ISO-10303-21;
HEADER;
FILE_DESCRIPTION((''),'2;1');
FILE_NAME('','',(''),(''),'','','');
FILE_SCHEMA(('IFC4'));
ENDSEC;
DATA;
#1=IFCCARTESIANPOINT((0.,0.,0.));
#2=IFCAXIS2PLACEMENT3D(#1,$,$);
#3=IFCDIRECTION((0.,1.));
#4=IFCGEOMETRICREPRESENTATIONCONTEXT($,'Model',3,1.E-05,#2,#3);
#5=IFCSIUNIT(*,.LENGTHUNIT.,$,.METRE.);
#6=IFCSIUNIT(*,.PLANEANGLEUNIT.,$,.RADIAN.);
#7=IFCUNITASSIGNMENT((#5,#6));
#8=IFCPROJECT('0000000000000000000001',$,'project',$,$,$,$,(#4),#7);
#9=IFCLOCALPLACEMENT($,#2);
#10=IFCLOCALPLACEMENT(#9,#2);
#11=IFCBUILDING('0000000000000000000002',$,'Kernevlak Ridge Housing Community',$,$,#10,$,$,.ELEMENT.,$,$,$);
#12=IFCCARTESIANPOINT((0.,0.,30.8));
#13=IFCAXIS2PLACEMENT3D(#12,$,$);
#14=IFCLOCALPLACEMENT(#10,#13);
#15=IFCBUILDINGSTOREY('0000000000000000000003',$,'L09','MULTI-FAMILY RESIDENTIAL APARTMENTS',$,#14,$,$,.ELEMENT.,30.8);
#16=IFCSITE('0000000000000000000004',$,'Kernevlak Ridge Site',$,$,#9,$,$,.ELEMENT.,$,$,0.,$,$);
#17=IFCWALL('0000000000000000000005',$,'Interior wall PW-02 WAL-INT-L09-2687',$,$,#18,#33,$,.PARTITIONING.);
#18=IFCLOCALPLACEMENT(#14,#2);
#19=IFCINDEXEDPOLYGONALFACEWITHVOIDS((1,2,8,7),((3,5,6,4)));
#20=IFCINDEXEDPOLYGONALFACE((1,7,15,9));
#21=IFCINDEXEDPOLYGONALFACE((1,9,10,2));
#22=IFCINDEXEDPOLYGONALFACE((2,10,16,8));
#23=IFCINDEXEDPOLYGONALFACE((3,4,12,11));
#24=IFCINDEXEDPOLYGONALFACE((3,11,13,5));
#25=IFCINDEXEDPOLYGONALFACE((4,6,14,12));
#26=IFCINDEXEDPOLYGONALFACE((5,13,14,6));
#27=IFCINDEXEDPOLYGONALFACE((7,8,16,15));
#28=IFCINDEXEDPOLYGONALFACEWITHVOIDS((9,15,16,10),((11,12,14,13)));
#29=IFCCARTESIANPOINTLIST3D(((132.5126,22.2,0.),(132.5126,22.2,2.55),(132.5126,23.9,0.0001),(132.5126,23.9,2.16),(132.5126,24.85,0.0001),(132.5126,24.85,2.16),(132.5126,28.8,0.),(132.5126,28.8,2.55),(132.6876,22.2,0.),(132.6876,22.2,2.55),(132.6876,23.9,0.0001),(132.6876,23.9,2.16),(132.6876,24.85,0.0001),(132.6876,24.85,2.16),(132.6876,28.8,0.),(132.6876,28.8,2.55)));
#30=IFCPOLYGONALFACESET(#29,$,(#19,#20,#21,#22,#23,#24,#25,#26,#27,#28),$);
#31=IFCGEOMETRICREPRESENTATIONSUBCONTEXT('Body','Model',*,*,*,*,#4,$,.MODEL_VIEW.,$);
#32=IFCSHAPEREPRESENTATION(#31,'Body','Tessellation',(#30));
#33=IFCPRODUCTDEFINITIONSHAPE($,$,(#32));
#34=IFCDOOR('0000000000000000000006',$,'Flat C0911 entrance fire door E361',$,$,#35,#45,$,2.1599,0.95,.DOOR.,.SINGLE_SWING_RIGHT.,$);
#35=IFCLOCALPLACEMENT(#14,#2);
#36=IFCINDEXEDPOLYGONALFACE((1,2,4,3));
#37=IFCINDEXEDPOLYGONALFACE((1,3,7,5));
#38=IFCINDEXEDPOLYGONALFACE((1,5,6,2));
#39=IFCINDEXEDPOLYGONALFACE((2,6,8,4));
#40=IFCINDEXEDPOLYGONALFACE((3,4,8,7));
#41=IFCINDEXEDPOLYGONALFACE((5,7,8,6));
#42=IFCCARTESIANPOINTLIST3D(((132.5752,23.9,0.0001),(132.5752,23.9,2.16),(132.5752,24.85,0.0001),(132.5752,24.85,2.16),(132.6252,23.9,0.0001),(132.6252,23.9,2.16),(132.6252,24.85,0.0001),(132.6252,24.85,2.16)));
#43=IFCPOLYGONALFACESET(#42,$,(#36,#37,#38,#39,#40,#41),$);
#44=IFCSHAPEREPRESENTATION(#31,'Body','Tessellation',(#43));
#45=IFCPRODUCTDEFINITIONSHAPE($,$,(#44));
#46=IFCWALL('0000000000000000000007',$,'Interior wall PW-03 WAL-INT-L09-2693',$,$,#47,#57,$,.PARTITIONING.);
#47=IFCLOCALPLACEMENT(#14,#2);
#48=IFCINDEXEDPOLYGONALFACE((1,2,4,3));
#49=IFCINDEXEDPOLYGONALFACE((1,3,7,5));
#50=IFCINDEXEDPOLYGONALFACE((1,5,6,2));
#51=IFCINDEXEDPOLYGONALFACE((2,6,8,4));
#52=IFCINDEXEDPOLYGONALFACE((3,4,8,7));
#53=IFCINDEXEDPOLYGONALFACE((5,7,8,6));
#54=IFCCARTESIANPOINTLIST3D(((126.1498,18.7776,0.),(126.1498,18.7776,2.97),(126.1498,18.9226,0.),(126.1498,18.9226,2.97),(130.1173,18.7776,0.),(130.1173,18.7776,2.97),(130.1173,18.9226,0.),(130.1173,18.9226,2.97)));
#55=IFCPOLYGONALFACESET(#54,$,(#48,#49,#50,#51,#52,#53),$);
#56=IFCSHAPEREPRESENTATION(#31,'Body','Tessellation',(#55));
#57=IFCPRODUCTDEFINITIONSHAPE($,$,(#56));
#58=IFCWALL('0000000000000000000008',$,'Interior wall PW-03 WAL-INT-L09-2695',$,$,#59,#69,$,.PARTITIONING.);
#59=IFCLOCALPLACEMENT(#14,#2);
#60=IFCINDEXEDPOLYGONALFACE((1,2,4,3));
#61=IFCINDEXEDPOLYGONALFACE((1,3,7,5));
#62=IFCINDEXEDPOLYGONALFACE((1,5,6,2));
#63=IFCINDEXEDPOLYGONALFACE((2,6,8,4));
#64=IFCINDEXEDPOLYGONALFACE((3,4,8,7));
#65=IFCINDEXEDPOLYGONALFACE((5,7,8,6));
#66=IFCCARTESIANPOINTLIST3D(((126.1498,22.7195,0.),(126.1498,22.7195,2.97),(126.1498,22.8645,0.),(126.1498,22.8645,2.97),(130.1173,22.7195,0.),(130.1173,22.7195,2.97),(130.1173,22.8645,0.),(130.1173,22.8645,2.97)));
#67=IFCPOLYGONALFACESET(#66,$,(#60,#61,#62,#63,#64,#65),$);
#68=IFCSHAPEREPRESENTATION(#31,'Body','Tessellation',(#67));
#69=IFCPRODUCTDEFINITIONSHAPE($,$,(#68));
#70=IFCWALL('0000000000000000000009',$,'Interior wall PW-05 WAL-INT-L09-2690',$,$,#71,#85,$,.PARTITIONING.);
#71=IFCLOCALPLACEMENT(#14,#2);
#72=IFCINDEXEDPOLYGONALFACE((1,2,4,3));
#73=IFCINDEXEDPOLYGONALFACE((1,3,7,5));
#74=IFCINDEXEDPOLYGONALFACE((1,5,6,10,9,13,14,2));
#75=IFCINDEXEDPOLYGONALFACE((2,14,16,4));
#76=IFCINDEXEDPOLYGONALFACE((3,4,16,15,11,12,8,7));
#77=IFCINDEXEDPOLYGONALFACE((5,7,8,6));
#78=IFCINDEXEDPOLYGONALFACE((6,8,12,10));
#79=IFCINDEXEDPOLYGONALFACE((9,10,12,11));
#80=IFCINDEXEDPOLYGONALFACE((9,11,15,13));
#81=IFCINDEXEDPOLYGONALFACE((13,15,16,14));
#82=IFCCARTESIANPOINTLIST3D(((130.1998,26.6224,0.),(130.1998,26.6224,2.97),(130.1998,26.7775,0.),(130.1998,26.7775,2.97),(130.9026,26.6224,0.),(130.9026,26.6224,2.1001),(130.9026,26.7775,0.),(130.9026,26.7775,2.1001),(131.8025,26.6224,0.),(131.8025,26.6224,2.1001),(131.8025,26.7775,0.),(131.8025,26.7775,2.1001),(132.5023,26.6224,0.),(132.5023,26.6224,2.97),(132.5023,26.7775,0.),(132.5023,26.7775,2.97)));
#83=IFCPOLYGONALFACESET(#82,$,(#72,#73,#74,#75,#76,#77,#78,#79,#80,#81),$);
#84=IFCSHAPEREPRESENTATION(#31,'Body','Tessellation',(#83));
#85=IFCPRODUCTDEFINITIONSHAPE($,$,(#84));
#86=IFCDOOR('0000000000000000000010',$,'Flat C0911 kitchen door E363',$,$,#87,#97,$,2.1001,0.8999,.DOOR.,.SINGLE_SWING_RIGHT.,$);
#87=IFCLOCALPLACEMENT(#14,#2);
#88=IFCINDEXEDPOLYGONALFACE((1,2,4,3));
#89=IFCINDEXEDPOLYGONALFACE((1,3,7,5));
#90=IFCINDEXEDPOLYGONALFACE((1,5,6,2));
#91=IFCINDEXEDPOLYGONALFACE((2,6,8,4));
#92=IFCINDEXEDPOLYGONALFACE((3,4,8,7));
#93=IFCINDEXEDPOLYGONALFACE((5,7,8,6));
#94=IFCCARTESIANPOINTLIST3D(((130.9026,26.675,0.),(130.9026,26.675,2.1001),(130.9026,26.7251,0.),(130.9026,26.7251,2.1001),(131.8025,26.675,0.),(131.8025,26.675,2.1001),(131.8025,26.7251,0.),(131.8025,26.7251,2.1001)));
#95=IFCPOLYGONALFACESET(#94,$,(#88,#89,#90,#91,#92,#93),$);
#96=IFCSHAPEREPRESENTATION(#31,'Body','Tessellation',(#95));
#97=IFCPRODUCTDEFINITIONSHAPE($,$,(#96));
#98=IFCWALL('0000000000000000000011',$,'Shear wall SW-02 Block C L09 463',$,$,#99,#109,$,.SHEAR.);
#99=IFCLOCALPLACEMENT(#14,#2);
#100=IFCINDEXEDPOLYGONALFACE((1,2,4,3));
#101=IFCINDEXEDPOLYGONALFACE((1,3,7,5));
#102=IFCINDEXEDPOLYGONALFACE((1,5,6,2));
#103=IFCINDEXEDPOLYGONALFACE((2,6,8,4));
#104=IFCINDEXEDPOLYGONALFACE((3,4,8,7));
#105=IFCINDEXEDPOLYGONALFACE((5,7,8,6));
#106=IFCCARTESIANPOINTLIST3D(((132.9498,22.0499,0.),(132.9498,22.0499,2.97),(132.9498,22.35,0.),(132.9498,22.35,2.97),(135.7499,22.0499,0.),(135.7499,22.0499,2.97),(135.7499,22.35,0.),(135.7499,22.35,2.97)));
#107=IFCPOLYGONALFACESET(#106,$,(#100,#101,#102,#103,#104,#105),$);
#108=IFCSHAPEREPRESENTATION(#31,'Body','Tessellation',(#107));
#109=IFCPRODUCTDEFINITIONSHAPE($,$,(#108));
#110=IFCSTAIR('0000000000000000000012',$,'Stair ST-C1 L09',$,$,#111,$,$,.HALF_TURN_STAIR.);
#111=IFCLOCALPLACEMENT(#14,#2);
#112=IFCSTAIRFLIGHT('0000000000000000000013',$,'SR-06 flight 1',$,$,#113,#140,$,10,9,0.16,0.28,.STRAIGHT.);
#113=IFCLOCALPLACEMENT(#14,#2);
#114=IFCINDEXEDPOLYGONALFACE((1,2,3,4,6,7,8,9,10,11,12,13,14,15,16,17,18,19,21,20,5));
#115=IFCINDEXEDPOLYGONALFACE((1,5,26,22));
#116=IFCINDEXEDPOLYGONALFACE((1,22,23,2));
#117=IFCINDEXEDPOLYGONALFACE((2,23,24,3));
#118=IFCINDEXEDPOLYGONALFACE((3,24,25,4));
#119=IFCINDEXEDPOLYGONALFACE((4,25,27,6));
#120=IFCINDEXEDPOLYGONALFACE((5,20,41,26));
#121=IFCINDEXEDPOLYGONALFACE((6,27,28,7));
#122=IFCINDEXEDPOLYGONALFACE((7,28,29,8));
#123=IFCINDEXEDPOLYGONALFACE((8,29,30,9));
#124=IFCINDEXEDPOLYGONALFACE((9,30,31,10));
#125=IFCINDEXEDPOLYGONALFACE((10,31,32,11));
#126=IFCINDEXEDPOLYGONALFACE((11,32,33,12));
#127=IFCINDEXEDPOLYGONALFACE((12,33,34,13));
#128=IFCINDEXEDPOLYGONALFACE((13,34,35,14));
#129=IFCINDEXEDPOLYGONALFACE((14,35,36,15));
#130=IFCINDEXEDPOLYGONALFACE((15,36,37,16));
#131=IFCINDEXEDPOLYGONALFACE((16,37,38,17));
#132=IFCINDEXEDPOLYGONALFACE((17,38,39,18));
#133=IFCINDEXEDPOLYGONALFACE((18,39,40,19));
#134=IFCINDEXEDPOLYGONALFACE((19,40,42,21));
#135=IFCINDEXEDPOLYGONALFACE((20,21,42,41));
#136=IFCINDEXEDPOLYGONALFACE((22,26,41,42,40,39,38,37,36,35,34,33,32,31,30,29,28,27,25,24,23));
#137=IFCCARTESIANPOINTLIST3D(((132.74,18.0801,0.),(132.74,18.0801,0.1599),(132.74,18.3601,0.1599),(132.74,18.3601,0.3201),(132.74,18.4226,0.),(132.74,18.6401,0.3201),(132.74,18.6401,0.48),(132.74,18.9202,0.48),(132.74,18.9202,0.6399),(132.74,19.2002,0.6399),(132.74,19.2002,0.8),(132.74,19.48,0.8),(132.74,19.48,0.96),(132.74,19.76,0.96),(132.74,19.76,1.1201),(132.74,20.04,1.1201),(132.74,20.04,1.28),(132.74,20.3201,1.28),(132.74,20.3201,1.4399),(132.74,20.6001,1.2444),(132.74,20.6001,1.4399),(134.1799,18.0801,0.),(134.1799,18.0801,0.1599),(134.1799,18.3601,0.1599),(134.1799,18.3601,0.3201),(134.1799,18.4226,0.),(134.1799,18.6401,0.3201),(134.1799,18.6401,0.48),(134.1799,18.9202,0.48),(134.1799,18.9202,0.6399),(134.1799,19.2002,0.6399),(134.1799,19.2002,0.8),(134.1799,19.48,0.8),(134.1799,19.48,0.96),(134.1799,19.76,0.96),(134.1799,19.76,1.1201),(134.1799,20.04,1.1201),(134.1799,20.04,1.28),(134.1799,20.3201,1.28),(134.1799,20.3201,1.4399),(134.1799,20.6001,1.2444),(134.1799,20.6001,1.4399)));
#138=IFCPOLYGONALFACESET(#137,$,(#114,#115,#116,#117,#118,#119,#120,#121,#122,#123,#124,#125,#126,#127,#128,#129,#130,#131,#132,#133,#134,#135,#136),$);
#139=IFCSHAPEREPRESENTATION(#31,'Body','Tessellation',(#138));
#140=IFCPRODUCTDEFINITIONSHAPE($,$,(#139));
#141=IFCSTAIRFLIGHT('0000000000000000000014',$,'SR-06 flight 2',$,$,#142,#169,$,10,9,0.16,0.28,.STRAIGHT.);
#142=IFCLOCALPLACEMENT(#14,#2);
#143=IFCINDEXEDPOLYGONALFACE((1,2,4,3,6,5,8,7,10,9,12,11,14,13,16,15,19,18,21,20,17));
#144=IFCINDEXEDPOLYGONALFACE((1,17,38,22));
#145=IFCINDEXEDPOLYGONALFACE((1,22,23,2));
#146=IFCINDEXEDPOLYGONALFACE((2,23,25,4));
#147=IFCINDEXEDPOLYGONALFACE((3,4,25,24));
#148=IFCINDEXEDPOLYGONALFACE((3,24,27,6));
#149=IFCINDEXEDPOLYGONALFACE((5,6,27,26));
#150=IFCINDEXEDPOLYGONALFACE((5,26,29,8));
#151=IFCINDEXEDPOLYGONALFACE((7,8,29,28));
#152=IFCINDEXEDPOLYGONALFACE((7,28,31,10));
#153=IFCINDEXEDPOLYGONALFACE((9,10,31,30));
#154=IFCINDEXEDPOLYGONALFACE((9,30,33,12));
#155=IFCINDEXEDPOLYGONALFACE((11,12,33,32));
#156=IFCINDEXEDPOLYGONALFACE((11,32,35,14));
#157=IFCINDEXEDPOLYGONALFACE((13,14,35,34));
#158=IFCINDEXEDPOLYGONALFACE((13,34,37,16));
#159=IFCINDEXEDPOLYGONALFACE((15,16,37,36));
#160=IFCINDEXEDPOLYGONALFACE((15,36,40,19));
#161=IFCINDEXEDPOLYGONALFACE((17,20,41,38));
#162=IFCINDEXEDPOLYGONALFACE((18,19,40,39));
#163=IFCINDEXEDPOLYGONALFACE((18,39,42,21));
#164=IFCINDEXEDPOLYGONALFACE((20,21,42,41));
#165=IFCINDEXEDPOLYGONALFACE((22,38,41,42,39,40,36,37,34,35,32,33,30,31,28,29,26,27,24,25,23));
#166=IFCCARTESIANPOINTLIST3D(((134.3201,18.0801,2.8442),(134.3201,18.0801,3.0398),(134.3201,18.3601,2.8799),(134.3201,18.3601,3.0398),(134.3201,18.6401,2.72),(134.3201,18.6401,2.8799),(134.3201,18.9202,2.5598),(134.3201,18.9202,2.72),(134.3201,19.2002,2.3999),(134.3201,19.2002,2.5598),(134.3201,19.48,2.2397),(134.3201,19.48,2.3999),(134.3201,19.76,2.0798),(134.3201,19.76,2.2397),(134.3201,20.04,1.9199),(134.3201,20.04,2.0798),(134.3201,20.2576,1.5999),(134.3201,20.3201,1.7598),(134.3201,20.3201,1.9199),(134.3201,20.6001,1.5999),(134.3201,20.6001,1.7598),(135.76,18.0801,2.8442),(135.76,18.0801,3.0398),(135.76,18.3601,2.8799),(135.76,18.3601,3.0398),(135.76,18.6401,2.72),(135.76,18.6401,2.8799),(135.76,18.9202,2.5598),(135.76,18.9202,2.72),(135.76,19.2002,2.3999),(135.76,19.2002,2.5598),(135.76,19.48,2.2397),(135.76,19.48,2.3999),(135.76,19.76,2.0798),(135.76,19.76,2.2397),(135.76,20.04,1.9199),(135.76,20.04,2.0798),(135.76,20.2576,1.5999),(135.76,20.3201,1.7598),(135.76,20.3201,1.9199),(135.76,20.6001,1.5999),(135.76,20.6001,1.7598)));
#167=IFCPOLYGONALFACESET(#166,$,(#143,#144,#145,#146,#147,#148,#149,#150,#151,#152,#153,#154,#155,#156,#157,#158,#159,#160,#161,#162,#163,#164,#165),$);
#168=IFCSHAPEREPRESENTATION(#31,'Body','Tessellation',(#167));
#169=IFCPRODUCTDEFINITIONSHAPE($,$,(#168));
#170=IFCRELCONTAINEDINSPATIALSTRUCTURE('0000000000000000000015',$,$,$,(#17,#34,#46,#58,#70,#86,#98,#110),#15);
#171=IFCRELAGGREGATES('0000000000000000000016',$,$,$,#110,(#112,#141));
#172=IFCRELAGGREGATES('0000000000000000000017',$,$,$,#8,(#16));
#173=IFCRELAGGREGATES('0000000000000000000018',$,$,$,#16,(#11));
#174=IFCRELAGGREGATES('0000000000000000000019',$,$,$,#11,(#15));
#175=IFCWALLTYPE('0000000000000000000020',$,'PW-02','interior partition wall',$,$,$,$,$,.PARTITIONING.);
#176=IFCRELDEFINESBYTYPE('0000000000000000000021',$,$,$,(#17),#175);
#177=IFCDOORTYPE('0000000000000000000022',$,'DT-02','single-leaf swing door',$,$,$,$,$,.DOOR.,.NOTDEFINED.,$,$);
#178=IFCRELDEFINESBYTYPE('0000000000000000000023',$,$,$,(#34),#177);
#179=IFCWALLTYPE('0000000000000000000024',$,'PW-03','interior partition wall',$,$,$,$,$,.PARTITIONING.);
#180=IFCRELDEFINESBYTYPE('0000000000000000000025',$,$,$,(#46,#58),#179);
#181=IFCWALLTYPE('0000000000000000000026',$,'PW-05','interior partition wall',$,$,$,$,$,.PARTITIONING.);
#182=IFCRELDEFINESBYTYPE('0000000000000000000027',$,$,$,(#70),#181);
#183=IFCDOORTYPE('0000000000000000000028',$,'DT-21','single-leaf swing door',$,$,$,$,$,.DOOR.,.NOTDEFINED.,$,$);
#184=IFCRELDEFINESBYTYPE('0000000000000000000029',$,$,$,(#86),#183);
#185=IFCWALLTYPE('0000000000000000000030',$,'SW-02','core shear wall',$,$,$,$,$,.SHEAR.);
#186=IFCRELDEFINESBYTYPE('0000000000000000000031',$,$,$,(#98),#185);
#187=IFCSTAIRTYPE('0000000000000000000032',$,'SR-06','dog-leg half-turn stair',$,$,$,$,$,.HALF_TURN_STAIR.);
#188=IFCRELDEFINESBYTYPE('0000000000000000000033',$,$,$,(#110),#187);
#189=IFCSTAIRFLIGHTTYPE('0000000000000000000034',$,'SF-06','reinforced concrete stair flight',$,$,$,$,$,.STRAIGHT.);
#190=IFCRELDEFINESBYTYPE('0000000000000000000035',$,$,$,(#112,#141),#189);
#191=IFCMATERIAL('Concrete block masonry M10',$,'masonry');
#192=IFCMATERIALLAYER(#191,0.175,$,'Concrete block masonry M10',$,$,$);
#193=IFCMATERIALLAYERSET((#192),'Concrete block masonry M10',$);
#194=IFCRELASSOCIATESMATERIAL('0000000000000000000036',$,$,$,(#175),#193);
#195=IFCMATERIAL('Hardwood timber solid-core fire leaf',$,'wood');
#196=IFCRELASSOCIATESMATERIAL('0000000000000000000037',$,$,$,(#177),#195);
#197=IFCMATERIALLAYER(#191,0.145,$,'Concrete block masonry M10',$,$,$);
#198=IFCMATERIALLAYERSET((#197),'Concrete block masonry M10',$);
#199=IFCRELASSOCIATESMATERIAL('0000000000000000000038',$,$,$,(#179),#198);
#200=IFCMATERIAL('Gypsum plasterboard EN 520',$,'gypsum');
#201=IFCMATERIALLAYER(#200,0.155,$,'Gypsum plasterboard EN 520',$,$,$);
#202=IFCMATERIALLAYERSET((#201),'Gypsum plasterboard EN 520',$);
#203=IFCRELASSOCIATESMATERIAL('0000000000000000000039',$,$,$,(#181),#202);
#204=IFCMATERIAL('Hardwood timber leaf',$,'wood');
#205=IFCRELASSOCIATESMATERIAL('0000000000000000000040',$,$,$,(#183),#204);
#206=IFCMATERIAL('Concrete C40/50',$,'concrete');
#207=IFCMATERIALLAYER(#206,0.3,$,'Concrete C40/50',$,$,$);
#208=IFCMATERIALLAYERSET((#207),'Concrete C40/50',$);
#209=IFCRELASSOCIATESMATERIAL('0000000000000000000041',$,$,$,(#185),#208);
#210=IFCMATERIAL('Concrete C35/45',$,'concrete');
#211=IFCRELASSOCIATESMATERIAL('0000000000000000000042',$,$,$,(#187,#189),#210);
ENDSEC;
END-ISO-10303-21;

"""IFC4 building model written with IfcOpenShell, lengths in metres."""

from ifc_helpers import new_model, si_unit, direction, frame, frame_2d, origin, place, context, subcontext, project, spatial, polyline, rectangle, outline, extrude, material, layer, layer_set, type_object, element, fill, aggregate, save


model = new_model("IFC4")

# Units and contexts
model_context = context("Model", 3, precision=1e-05, world=origin(), true_north=direction((0.0, 1.0)))
body_context = subcontext(model_context, "Body", "Model", "MODEL_VIEW")
ifc_project = project(units=[si_unit("LENGTHUNIT", "METRE"), si_unit("PLANEANGLEUNIT", "RADIAN")], contexts=[model_context])

# Site, building, storey
site_placement = place(None, origin())
site = spatial("IfcSite", under=ifc_project, at=site_placement, Name="Kernevlak Ridge Site", CompositionType="ELEMENT", RefElevation=0.0)
building_placement = place(site_placement, origin())
building = spatial("IfcBuilding", under=site, at=building_placement, Name="Kernevlak Ridge Housing Community", CompositionType="ELEMENT")
storey_placement = place(building_placement, frame((0.0, 0.0, 30.8)))
storey = spatial("IfcBuildingStorey", under=building, at=storey_placement, Name="L09", Description="MULTI-FAMILY RESIDENTIAL APARTMENTS", CompositionType="ELEMENT", Elevation=30.8)

# Shared definitions
ifc_material_1 = material(Name="Concrete C35/45", Category="concrete")

# Shared definitions
ifc_material_2 = material(Name="Concrete block masonry M10", Category="masonry")

# Wall, opening, door
ifc_layer_1 = layer(ifc_material_2, 0.175, Name="Concrete block masonry M10")
ifc_layer_set_1 = layer_set([ifc_layer_1], Name="Concrete block masonry M10")
wall_type_1 = type_object("IfcWallType", Name="PW-02", Description="interior partition wall", PredefinedType="PARTITIONING", material=ifc_layer_set_1)
wall_1_placement = place(storey_placement, frame((132.6001, 22.2, 0.0), z_axis=(0.0, 0.0, 1.0), x_axis=(0.0, 1.0, 0.0)))
wall_1 = element("IfcWall", 1, at=wall_1_placement, inside=storey, type_object=wall_type_1, Name="Interior wall PW-02 WAL-INT-L09-2687", PredefinedType="PARTITIONING", context=body_context, shape_type="SweptSolid", body=[
    extrude(rectangle(XDim=6.6001, YDim=0.175, at=frame_2d((3.3, 0.0))), origin(), (0.0, 0.0, 1.0), 2.55),
])
opening_1_placement = place(wall_1_placement, frame((1.7, 0.0, 0.0)))
opening_1 = element("IfcOpeningElement", 2, at=opening_1_placement, cuts=wall_1, PredefinedType="OPENING", context=body_context, shape_type="SweptSolid", body=[
    extrude(rectangle(XDim=0.95, YDim=2.1599, at=frame_2d((0.4751, 1.0801))), frame((0.0, 0.0974, 0.0), z_axis=(0.0, -1.0, 0.0), x_axis=(1.0, 0.0, 0.0)), (0.0, 0.0, 1.0), 0.1951),
])
ifc_material_3 = material(Name="Hardwood timber solid-core fire leaf", Category="wood")
door_type_1 = type_object("IfcDoorType", Name="DT-02", Description="single-leaf swing door", OperationType="NOTDEFINED", PredefinedType="DOOR", material=ifc_material_3)
door_1_placement = place(opening_1_placement, origin())
door_1 = element("IfcDoor", 3, at=door_1_placement, inside=storey, type_object=door_type_1, Name="Flat C0911 entrance fire door E361", OperationType="SINGLE_SWING_RIGHT", OverallHeight=2.1599, OverallWidth=0.95, PredefinedType="DOOR", context=body_context, shape_type="SweptSolid", body=[
    extrude(rectangle(XDim=0.95, YDim=2.1599, at=frame_2d((0.4751, 1.0801))), frame((0.0, 0.0249, 0.0), z_axis=(0.0, -1.0, 0.0), x_axis=(1.0, 0.0, 0.0)), (0.0, 0.0, 1.0), 0.05),
])
fill(opening_1, door_1)

# Wall
ifc_layer_2 = layer(ifc_material_2, 0.145, Name="Concrete block masonry M10")
ifc_layer_set_2 = layer_set([ifc_layer_2], Name="Concrete block masonry M10")
wall_type_2 = type_object("IfcWallType", Name="PW-03", Description="interior partition wall", PredefinedType="PARTITIONING", material=ifc_layer_set_2)
wall_2_placement = place(storey_placement, frame((130.1174, 18.8501, 0.0), z_axis=(0.0, 0.0, 1.0), x_axis=(-1.0, 0.0, 0.0)))
element("IfcWall", 4, at=wall_2_placement, inside=storey, type_object=wall_type_2, Name="Interior wall PW-03 WAL-INT-L09-2693", PredefinedType="PARTITIONING", context=body_context, shape_type="SweptSolid", body=[
    extrude(rectangle(XDim=3.9675, YDim=0.145, at=frame_2d((1.9839, 0.0))), origin(), (0.0, 0.0, 1.0), 2.97),
])

# Shared definitions
ifc_material_4 = material(Name="Hardwood timber leaf", Category="wood")

# Wall
wall_3_placement = place(storey_placement, frame((130.1174, 22.792, 0.0), z_axis=(0.0, 0.0, 1.0), x_axis=(-1.0, 0.0, 0.0)))
element("IfcWall", 5, at=wall_3_placement, inside=storey, type_object=wall_type_2, Name="Interior wall PW-03 WAL-INT-L09-2695", PredefinedType="PARTITIONING", context=body_context, shape_type="SweptSolid", body=[
    extrude(rectangle(XDim=3.9675, YDim=0.145, at=frame_2d((1.9839, 0.0))), origin(), (0.0, 0.0, 1.0), 2.97),
])

# Wall, opening, door
ifc_material_5 = material(Name="Gypsum plasterboard EN 520", Category="gypsum")
ifc_layer_3 = layer(ifc_material_5, 0.155, Name="Gypsum plasterboard EN 520")
ifc_layer_set_3 = layer_set([ifc_layer_3], Name="Gypsum plasterboard EN 520")
wall_type_3 = type_object("IfcWallType", Name="PW-05", Description="interior partition wall", PredefinedType="PARTITIONING", material=ifc_layer_set_3)
wall_4_placement = place(storey_placement, frame((132.5024, 26.7, 0.0), z_axis=(0.0, 0.0, 1.0), x_axis=(-1.0, 0.0, 0.0)))
wall_4 = element("IfcWall", 6, at=wall_4_placement, inside=storey, type_object=wall_type_3, Name="Interior wall PW-05 WAL-INT-L09-2690", PredefinedType="PARTITIONING", context=body_context, shape_type="SweptSolid", body=[
    extrude(rectangle(XDim=2.3025, YDim=0.155, at=frame_2d((1.1514, 0.0))), origin(), (0.0, 0.0, 1.0), 2.97),
])
opening_2_placement = place(wall_4_placement, frame((0.7, 0.0, 0.0)))
opening_2 = element("IfcOpeningElement", 7, at=opening_2_placement, cuts=wall_4, PredefinedType="OPENING", context=body_context, shape_type="SweptSolid", body=[
    extrude(rectangle(XDim=0.8999, YDim=2.1001, at=frame_2d((0.45, 1.05))), frame((0.0, 0.0874, 0.0), z_axis=(0.0, -1.0, 0.0), x_axis=(1.0, 0.0, 0.0)), (0.0, 0.0, 1.0), 0.175),
])
door_type_2 = type_object("IfcDoorType", Name="DT-21", Description="single-leaf swing door", OperationType="NOTDEFINED", PredefinedType="DOOR", material=ifc_material_4)
door_2_placement = place(opening_2_placement, origin())
door_2 = element("IfcDoor", 8, at=door_2_placement, inside=storey, type_object=door_type_2, Name="Flat C0911 kitchen door E363", OperationType="SINGLE_SWING_RIGHT", OverallHeight=2.1001, OverallWidth=0.8999, PredefinedType="DOOR", context=body_context, shape_type="SweptSolid", body=[
    extrude(rectangle(XDim=0.8999, YDim=2.1001, at=frame_2d((0.45, 1.05))), frame((0.0, 0.0249, 0.0), z_axis=(0.0, -1.0, 0.0), x_axis=(1.0, 0.0, 0.0)), (0.0, 0.0, 1.0), 0.05),
])
fill(opening_2, door_2)

# Wall
ifc_material_6 = material(Name="Concrete C40/50", Category="concrete")
ifc_layer_4 = layer(ifc_material_6, 0.3, Name="Concrete C40/50")
ifc_layer_set_4 = layer_set([ifc_layer_4], Name="Concrete C40/50")
wall_type_4 = type_object("IfcWallType", Name="SW-02", Description="core shear wall", PredefinedType="SHEAR", material=ifc_layer_set_4)
wall_5_placement = place(storey_placement, frame((132.95, 22.2, 0.0), z_axis=(0.0, 0.0, 1.0), x_axis=(1.0, 0.0, 0.0)))
element("IfcWall", 9, at=wall_5_placement, inside=storey, type_object=wall_type_4, Name="Shear wall SW-02 Block C L09 463", PredefinedType="SHEAR", context=body_context, shape_type="SweptSolid", body=[
    extrude(rectangle(XDim=2.8, YDim=0.3, at=frame_2d((1.3999, 0.0))), origin(), (0.0, 0.0, 1.0), 2.97),
])

# Stair, stair flights
stair_type = type_object("IfcStairType", Name="SR-06", Description="dog-leg half-turn stair", PredefinedType="HALF_TURN_STAIR", material=ifc_material_1)
stair_placement = place(storey_placement, origin())
stair = element("IfcStair", 10, at=stair_placement, inside=storey, type_object=stair_type, Name="Stair ST-C1 L09", PredefinedType="HALF_TURN_STAIR")
stair_flight_type = type_object("IfcStairFlightType", Name="SF-06", Description="reinforced concrete stair flight", PredefinedType="STRAIGHT", material=ifc_material_1)
stair_flight_1_placement = place(storey_placement, frame((133.46, 18.0801, 0.0), z_axis=(0.0, 0.0, 1.0), x_axis=(0.0, 1.0, 0.0)))
stair_flight_1 = element("IfcStairFlight", 11, at=stair_flight_1_placement, type_object=stair_flight_type, Name="SR-06 flight 1", NumberOfRisers=10, NumberOfTreads=9, PredefinedType="STRAIGHT", RiserHeight=0.16, TreadLength=0.28, context=body_context, shape_type="SweptSolid", body=[
    extrude(outline(polyline([(0.0, 0.0), (0.0, 0.1599), (0.28, 0.1599), (0.28, 0.3201), (0.5601, 0.3201), (0.5601, 0.48), (0.8401, 0.48), (0.8401, 0.6399), (1.1201, 0.6399), (1.1201, 0.8), (1.3999, 0.8), (1.3999, 0.96), (1.6799, 0.96), (1.6799, 1.1201), (1.96, 1.1201), (1.96, 1.28), (2.24, 1.28), (2.24, 1.4399), (2.52, 1.4399), (2.52, 1.6001), (2.52, 1.2444), (0.3425, 0.0), (0.0, 0.0)])), frame((0.0, 0.72, 0.0), z_axis=(0.0, -1.0, 0.0), x_axis=(1.0, 0.0, 0.0)), (0.0, 0.0, 1.0), 1.4399),
])
stair_flight_2_placement = place(storey_placement, frame((135.04, 20.6001, 1.5999), z_axis=(0.0, 0.0, 1.0), x_axis=(0.0, -1.0, 0.0)))
stair_flight_2 = element("IfcStairFlight", 12, at=stair_flight_2_placement, type_object=stair_flight_type, Name="SR-06 flight 2", NumberOfRisers=10, NumberOfTreads=9, PredefinedType="STRAIGHT", RiserHeight=0.16, TreadLength=0.28, context=body_context, shape_type="SweptSolid", body=[
    extrude(outline(polyline([(0.0, 0.0), (0.0, 0.1599), (0.28, 0.1599), (0.28, 0.3201), (0.5601, 0.3201), (0.5601, 0.48), (0.8401, 0.48), (0.8401, 0.6399), (1.1201, 0.6399), (1.1201, 0.8), (1.3999, 0.8), (1.3999, 0.96), (1.6799, 0.96), (1.6799, 1.1201), (1.96, 1.1201), (1.96, 1.28), (2.24, 1.28), (2.24, 1.4399), (2.52, 1.4399), (2.52, 1.6001), (2.52, 1.2444), (0.3425, 0.0), (0.0, 0.0)])), frame((0.0, 0.72, 0.0), z_axis=(0.0, -1.0, 0.0), x_axis=(1.0, 0.0, 0.0)), (0.0, 0.0, 1.0), 1.4399),
])
aggregate(stair, [stair_flight_1, stair_flight_2])

save(model, "model.ifc")
